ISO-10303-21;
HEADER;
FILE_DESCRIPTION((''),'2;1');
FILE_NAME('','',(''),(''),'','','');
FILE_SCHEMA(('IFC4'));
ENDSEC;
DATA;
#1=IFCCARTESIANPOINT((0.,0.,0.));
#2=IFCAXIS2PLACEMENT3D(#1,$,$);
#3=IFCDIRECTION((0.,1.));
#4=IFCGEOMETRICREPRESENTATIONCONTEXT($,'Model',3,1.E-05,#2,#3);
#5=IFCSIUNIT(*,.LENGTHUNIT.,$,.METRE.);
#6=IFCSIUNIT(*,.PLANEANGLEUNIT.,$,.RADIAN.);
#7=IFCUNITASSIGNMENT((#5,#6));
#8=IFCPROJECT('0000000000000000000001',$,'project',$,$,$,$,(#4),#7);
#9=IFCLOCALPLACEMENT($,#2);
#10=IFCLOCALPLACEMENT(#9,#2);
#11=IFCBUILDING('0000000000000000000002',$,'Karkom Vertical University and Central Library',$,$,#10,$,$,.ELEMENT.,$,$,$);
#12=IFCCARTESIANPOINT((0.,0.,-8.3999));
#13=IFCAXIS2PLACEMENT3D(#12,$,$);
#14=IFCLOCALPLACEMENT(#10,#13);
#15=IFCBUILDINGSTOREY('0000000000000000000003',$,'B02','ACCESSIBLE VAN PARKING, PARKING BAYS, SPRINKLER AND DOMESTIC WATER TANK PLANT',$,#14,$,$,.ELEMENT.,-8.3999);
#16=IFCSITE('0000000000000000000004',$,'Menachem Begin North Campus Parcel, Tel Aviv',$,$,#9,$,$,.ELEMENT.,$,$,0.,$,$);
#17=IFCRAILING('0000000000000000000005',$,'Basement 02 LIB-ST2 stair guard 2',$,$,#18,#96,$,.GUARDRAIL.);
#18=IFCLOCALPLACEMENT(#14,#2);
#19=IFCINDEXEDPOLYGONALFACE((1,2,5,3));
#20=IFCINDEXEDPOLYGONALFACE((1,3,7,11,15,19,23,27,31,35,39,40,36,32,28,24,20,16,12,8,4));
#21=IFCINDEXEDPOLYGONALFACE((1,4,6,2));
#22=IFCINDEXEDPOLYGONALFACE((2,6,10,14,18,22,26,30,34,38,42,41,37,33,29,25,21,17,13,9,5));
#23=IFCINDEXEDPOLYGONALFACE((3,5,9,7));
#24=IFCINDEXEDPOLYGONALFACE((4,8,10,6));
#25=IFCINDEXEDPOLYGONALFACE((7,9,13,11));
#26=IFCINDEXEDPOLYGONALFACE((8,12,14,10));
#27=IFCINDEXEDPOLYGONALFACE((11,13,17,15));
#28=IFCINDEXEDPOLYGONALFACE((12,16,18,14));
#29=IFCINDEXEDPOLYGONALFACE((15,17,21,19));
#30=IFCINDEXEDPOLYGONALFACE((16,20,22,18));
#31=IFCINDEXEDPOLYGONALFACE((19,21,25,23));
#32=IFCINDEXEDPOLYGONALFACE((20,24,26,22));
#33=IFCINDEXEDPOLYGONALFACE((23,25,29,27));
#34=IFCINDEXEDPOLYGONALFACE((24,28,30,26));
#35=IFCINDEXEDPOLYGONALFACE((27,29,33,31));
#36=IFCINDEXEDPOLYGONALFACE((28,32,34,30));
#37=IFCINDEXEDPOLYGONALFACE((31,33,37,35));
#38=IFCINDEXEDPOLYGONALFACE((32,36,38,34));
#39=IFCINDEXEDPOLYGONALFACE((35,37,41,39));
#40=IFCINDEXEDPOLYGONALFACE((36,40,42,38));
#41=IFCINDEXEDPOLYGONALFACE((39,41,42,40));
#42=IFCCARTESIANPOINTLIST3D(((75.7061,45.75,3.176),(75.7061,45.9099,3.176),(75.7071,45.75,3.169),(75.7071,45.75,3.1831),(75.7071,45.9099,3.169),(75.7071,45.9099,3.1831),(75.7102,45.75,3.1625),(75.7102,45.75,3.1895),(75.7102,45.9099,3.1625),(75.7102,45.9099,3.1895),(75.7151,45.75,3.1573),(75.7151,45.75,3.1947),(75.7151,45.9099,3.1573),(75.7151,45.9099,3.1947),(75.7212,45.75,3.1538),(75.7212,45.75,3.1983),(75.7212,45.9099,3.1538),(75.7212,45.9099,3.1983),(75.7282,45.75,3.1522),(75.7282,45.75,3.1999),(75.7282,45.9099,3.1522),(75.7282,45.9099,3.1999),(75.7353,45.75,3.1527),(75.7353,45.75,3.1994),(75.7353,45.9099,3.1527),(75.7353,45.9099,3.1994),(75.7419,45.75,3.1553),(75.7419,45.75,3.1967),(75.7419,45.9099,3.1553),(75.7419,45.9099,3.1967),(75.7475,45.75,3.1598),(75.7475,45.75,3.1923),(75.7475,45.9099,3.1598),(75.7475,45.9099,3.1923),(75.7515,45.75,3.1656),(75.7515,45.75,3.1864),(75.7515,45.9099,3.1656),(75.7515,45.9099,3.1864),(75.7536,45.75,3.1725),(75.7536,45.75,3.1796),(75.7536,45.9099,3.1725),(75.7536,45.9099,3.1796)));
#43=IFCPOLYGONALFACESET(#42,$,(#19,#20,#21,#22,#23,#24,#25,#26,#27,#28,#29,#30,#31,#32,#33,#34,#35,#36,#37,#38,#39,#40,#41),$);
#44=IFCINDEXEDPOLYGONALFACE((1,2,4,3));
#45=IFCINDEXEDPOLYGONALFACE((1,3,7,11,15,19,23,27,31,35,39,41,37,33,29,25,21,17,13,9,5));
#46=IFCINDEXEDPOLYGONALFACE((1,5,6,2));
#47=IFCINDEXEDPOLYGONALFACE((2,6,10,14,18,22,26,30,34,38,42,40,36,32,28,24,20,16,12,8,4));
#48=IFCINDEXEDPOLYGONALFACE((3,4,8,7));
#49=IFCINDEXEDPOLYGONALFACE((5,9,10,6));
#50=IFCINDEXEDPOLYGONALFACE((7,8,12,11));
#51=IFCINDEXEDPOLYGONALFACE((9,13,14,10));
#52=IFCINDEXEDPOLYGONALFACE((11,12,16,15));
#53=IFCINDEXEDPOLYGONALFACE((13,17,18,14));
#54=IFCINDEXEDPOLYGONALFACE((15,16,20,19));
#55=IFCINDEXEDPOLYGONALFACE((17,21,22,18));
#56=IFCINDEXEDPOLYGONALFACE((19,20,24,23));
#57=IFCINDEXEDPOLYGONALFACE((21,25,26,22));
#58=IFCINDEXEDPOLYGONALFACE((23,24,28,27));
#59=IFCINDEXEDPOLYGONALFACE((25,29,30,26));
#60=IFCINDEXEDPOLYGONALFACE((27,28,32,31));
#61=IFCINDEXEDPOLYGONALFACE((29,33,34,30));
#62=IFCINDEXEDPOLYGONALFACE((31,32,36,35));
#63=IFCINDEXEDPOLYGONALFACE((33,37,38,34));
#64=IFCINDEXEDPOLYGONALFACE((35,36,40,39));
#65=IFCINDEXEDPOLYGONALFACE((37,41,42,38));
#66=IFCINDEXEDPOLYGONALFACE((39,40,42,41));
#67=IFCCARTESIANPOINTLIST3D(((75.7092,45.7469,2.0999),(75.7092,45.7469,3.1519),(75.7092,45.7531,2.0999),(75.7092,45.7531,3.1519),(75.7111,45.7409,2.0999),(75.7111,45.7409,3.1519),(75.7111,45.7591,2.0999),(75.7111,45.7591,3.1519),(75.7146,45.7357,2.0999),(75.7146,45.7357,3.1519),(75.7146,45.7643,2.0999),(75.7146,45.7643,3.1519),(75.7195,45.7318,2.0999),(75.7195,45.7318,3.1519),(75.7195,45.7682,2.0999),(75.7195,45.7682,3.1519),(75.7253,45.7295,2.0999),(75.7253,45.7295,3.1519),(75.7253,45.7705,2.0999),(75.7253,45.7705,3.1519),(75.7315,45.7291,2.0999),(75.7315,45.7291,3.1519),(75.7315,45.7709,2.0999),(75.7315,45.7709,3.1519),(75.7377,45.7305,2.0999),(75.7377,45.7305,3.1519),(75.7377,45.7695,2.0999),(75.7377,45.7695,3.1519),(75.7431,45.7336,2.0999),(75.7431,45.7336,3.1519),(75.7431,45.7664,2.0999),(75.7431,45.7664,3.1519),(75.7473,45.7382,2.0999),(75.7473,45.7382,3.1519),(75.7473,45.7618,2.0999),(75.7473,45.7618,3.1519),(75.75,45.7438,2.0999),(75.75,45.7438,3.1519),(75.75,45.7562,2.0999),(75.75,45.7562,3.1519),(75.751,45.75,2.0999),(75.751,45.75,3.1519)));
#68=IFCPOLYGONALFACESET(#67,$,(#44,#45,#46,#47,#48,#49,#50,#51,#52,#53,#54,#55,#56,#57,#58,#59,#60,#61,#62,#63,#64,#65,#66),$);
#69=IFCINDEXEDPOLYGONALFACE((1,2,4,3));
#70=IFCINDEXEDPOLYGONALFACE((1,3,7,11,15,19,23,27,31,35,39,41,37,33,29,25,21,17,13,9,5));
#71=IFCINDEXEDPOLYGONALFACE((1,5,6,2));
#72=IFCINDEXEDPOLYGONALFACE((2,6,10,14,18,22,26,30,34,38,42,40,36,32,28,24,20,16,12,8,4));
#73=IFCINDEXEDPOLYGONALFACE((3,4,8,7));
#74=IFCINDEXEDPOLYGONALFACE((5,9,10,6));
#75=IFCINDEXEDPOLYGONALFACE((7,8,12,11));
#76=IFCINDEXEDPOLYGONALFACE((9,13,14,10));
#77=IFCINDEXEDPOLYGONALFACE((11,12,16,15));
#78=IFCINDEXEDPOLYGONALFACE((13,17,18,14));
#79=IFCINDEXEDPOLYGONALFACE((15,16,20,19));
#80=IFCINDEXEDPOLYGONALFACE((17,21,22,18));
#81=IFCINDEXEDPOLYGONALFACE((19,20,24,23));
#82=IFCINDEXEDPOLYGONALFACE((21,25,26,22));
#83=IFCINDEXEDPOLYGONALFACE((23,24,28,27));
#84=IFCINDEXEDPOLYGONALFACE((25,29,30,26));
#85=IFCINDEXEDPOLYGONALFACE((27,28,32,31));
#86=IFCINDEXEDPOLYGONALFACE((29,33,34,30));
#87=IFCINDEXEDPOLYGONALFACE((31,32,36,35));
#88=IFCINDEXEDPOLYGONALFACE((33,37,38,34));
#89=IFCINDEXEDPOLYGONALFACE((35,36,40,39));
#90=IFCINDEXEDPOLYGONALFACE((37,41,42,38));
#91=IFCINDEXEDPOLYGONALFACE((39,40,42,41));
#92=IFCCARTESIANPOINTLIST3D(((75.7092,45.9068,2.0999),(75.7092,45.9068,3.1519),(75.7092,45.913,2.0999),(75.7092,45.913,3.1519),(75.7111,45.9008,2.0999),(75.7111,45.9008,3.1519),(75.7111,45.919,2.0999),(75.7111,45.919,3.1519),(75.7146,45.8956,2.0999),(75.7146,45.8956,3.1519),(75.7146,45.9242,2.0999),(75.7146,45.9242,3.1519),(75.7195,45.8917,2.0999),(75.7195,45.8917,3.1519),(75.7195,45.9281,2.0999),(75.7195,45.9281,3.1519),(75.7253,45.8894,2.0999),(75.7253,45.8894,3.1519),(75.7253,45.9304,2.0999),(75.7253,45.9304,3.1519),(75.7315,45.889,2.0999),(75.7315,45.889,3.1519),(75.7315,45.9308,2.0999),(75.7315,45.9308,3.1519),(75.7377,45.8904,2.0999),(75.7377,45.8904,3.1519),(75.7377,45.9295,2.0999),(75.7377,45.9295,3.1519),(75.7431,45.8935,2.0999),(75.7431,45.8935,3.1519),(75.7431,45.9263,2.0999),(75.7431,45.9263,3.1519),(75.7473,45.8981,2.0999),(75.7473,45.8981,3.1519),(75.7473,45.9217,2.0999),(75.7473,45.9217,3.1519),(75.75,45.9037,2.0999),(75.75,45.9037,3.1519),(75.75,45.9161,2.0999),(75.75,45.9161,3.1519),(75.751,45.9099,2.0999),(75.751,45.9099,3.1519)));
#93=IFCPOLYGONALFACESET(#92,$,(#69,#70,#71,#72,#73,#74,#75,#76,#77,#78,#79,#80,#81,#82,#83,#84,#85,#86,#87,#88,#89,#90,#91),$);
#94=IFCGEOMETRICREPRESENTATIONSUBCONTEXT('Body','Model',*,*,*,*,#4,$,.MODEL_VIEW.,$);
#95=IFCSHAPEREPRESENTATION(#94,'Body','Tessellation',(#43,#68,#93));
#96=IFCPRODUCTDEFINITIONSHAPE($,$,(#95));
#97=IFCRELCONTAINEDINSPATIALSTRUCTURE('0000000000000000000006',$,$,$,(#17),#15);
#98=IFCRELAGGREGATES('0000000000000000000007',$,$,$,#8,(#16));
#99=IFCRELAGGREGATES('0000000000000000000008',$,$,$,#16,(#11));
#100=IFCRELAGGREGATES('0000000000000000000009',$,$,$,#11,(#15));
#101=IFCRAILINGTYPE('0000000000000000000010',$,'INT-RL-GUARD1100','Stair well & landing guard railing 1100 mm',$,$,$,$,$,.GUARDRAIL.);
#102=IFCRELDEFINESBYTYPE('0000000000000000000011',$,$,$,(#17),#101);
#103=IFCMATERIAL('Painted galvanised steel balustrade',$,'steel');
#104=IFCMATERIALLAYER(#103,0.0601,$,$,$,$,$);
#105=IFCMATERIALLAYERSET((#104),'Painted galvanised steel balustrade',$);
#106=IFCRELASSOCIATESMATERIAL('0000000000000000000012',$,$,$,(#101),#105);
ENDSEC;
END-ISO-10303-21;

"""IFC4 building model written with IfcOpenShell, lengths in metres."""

from ifc_helpers import new_model, si_unit, direction, frame, origin, origin_2d, place, context, subcontext, project, spatial, circle, extrude, material, layer, layer_set, type_object, element, save


model = new_model("IFC4")

# Units and contexts
model_context = context("Model", 3, precision=1e-05, world=origin(), true_north=direction((0.0, 1.0)))
body_context = subcontext(model_context, "Body", "Model", "MODEL_VIEW")
ifc_project = project(units=[si_unit("LENGTHUNIT", "METRE"), si_unit("PLANEANGLEUNIT", "RADIAN")], contexts=[model_context])

# Site, building, storey
site_placement = place(None, origin())
site = spatial("IfcSite", under=ifc_project, at=site_placement, Name="Menachem Begin North Campus Parcel, Tel Aviv", CompositionType="ELEMENT", RefElevation=0.0)
building_placement = place(site_placement, origin())
building = spatial("IfcBuilding", under=site, at=building_placement, Name="Karkom Vertical University and Central Library", CompositionType="ELEMENT")
storey_placement = place(building_placement, frame((0.0, 0.0, -8.3999)))
storey = spatial("IfcBuildingStorey", under=building, at=storey_placement, Name="B02", Description="ACCESSIBLE VAN PARKING, PARKING BAYS, SPRINKLER AND DOMESTIC WATER TANK PLANT", CompositionType="ELEMENT", Elevation=-8.3999)

# Railing
ifc_material_1 = material(Name="Painted galvanised steel balustrade", Category="steel")
ifc_layer_1 = layer(ifc_material_1, 0.0601)
ifc_layer_set_1 = layer_set([ifc_layer_1], Name="Painted galvanised steel balustrade")
railing_type_1 = type_object("IfcRailingType", Name="INT-RL-GUARD1100", Description="Stair well & landing guard railing 1100 mm", PredefinedType="GUARDRAIL", material=ifc_layer_set_1)
railing_1_placement = place(storey_placement, frame((75.73, 45.75, 2.0999)))
element("IfcRailing", 1, at=railing_1_placement, inside=storey, type_object=railing_type_1, Name="Basement 02 LIB-ST2 stair guard 2", PredefinedType="GUARDRAIL", context=body_context, shape_type="SweptSolid", body=[
    extrude(circle(Radius=0.0239, at=origin_2d()), frame((0.0, 0.0, 1.0762), z_axis=(0.0, 1.0, 0.0), x_axis=(-1.0, 0.0, 0.0)), (0.0, 0.0, 1.0), 0.1599),
    extrude(circle(Radius=0.021, at=origin_2d()), origin(), (0.0, 0.0, 1.0), 1.052),
    extrude(circle(Radius=0.021, at=origin_2d()), frame((0.0, 0.1599, 0.0)), (0.0, 0.0, 1.0), 1.052),
])

save(model, "model.ifc")
